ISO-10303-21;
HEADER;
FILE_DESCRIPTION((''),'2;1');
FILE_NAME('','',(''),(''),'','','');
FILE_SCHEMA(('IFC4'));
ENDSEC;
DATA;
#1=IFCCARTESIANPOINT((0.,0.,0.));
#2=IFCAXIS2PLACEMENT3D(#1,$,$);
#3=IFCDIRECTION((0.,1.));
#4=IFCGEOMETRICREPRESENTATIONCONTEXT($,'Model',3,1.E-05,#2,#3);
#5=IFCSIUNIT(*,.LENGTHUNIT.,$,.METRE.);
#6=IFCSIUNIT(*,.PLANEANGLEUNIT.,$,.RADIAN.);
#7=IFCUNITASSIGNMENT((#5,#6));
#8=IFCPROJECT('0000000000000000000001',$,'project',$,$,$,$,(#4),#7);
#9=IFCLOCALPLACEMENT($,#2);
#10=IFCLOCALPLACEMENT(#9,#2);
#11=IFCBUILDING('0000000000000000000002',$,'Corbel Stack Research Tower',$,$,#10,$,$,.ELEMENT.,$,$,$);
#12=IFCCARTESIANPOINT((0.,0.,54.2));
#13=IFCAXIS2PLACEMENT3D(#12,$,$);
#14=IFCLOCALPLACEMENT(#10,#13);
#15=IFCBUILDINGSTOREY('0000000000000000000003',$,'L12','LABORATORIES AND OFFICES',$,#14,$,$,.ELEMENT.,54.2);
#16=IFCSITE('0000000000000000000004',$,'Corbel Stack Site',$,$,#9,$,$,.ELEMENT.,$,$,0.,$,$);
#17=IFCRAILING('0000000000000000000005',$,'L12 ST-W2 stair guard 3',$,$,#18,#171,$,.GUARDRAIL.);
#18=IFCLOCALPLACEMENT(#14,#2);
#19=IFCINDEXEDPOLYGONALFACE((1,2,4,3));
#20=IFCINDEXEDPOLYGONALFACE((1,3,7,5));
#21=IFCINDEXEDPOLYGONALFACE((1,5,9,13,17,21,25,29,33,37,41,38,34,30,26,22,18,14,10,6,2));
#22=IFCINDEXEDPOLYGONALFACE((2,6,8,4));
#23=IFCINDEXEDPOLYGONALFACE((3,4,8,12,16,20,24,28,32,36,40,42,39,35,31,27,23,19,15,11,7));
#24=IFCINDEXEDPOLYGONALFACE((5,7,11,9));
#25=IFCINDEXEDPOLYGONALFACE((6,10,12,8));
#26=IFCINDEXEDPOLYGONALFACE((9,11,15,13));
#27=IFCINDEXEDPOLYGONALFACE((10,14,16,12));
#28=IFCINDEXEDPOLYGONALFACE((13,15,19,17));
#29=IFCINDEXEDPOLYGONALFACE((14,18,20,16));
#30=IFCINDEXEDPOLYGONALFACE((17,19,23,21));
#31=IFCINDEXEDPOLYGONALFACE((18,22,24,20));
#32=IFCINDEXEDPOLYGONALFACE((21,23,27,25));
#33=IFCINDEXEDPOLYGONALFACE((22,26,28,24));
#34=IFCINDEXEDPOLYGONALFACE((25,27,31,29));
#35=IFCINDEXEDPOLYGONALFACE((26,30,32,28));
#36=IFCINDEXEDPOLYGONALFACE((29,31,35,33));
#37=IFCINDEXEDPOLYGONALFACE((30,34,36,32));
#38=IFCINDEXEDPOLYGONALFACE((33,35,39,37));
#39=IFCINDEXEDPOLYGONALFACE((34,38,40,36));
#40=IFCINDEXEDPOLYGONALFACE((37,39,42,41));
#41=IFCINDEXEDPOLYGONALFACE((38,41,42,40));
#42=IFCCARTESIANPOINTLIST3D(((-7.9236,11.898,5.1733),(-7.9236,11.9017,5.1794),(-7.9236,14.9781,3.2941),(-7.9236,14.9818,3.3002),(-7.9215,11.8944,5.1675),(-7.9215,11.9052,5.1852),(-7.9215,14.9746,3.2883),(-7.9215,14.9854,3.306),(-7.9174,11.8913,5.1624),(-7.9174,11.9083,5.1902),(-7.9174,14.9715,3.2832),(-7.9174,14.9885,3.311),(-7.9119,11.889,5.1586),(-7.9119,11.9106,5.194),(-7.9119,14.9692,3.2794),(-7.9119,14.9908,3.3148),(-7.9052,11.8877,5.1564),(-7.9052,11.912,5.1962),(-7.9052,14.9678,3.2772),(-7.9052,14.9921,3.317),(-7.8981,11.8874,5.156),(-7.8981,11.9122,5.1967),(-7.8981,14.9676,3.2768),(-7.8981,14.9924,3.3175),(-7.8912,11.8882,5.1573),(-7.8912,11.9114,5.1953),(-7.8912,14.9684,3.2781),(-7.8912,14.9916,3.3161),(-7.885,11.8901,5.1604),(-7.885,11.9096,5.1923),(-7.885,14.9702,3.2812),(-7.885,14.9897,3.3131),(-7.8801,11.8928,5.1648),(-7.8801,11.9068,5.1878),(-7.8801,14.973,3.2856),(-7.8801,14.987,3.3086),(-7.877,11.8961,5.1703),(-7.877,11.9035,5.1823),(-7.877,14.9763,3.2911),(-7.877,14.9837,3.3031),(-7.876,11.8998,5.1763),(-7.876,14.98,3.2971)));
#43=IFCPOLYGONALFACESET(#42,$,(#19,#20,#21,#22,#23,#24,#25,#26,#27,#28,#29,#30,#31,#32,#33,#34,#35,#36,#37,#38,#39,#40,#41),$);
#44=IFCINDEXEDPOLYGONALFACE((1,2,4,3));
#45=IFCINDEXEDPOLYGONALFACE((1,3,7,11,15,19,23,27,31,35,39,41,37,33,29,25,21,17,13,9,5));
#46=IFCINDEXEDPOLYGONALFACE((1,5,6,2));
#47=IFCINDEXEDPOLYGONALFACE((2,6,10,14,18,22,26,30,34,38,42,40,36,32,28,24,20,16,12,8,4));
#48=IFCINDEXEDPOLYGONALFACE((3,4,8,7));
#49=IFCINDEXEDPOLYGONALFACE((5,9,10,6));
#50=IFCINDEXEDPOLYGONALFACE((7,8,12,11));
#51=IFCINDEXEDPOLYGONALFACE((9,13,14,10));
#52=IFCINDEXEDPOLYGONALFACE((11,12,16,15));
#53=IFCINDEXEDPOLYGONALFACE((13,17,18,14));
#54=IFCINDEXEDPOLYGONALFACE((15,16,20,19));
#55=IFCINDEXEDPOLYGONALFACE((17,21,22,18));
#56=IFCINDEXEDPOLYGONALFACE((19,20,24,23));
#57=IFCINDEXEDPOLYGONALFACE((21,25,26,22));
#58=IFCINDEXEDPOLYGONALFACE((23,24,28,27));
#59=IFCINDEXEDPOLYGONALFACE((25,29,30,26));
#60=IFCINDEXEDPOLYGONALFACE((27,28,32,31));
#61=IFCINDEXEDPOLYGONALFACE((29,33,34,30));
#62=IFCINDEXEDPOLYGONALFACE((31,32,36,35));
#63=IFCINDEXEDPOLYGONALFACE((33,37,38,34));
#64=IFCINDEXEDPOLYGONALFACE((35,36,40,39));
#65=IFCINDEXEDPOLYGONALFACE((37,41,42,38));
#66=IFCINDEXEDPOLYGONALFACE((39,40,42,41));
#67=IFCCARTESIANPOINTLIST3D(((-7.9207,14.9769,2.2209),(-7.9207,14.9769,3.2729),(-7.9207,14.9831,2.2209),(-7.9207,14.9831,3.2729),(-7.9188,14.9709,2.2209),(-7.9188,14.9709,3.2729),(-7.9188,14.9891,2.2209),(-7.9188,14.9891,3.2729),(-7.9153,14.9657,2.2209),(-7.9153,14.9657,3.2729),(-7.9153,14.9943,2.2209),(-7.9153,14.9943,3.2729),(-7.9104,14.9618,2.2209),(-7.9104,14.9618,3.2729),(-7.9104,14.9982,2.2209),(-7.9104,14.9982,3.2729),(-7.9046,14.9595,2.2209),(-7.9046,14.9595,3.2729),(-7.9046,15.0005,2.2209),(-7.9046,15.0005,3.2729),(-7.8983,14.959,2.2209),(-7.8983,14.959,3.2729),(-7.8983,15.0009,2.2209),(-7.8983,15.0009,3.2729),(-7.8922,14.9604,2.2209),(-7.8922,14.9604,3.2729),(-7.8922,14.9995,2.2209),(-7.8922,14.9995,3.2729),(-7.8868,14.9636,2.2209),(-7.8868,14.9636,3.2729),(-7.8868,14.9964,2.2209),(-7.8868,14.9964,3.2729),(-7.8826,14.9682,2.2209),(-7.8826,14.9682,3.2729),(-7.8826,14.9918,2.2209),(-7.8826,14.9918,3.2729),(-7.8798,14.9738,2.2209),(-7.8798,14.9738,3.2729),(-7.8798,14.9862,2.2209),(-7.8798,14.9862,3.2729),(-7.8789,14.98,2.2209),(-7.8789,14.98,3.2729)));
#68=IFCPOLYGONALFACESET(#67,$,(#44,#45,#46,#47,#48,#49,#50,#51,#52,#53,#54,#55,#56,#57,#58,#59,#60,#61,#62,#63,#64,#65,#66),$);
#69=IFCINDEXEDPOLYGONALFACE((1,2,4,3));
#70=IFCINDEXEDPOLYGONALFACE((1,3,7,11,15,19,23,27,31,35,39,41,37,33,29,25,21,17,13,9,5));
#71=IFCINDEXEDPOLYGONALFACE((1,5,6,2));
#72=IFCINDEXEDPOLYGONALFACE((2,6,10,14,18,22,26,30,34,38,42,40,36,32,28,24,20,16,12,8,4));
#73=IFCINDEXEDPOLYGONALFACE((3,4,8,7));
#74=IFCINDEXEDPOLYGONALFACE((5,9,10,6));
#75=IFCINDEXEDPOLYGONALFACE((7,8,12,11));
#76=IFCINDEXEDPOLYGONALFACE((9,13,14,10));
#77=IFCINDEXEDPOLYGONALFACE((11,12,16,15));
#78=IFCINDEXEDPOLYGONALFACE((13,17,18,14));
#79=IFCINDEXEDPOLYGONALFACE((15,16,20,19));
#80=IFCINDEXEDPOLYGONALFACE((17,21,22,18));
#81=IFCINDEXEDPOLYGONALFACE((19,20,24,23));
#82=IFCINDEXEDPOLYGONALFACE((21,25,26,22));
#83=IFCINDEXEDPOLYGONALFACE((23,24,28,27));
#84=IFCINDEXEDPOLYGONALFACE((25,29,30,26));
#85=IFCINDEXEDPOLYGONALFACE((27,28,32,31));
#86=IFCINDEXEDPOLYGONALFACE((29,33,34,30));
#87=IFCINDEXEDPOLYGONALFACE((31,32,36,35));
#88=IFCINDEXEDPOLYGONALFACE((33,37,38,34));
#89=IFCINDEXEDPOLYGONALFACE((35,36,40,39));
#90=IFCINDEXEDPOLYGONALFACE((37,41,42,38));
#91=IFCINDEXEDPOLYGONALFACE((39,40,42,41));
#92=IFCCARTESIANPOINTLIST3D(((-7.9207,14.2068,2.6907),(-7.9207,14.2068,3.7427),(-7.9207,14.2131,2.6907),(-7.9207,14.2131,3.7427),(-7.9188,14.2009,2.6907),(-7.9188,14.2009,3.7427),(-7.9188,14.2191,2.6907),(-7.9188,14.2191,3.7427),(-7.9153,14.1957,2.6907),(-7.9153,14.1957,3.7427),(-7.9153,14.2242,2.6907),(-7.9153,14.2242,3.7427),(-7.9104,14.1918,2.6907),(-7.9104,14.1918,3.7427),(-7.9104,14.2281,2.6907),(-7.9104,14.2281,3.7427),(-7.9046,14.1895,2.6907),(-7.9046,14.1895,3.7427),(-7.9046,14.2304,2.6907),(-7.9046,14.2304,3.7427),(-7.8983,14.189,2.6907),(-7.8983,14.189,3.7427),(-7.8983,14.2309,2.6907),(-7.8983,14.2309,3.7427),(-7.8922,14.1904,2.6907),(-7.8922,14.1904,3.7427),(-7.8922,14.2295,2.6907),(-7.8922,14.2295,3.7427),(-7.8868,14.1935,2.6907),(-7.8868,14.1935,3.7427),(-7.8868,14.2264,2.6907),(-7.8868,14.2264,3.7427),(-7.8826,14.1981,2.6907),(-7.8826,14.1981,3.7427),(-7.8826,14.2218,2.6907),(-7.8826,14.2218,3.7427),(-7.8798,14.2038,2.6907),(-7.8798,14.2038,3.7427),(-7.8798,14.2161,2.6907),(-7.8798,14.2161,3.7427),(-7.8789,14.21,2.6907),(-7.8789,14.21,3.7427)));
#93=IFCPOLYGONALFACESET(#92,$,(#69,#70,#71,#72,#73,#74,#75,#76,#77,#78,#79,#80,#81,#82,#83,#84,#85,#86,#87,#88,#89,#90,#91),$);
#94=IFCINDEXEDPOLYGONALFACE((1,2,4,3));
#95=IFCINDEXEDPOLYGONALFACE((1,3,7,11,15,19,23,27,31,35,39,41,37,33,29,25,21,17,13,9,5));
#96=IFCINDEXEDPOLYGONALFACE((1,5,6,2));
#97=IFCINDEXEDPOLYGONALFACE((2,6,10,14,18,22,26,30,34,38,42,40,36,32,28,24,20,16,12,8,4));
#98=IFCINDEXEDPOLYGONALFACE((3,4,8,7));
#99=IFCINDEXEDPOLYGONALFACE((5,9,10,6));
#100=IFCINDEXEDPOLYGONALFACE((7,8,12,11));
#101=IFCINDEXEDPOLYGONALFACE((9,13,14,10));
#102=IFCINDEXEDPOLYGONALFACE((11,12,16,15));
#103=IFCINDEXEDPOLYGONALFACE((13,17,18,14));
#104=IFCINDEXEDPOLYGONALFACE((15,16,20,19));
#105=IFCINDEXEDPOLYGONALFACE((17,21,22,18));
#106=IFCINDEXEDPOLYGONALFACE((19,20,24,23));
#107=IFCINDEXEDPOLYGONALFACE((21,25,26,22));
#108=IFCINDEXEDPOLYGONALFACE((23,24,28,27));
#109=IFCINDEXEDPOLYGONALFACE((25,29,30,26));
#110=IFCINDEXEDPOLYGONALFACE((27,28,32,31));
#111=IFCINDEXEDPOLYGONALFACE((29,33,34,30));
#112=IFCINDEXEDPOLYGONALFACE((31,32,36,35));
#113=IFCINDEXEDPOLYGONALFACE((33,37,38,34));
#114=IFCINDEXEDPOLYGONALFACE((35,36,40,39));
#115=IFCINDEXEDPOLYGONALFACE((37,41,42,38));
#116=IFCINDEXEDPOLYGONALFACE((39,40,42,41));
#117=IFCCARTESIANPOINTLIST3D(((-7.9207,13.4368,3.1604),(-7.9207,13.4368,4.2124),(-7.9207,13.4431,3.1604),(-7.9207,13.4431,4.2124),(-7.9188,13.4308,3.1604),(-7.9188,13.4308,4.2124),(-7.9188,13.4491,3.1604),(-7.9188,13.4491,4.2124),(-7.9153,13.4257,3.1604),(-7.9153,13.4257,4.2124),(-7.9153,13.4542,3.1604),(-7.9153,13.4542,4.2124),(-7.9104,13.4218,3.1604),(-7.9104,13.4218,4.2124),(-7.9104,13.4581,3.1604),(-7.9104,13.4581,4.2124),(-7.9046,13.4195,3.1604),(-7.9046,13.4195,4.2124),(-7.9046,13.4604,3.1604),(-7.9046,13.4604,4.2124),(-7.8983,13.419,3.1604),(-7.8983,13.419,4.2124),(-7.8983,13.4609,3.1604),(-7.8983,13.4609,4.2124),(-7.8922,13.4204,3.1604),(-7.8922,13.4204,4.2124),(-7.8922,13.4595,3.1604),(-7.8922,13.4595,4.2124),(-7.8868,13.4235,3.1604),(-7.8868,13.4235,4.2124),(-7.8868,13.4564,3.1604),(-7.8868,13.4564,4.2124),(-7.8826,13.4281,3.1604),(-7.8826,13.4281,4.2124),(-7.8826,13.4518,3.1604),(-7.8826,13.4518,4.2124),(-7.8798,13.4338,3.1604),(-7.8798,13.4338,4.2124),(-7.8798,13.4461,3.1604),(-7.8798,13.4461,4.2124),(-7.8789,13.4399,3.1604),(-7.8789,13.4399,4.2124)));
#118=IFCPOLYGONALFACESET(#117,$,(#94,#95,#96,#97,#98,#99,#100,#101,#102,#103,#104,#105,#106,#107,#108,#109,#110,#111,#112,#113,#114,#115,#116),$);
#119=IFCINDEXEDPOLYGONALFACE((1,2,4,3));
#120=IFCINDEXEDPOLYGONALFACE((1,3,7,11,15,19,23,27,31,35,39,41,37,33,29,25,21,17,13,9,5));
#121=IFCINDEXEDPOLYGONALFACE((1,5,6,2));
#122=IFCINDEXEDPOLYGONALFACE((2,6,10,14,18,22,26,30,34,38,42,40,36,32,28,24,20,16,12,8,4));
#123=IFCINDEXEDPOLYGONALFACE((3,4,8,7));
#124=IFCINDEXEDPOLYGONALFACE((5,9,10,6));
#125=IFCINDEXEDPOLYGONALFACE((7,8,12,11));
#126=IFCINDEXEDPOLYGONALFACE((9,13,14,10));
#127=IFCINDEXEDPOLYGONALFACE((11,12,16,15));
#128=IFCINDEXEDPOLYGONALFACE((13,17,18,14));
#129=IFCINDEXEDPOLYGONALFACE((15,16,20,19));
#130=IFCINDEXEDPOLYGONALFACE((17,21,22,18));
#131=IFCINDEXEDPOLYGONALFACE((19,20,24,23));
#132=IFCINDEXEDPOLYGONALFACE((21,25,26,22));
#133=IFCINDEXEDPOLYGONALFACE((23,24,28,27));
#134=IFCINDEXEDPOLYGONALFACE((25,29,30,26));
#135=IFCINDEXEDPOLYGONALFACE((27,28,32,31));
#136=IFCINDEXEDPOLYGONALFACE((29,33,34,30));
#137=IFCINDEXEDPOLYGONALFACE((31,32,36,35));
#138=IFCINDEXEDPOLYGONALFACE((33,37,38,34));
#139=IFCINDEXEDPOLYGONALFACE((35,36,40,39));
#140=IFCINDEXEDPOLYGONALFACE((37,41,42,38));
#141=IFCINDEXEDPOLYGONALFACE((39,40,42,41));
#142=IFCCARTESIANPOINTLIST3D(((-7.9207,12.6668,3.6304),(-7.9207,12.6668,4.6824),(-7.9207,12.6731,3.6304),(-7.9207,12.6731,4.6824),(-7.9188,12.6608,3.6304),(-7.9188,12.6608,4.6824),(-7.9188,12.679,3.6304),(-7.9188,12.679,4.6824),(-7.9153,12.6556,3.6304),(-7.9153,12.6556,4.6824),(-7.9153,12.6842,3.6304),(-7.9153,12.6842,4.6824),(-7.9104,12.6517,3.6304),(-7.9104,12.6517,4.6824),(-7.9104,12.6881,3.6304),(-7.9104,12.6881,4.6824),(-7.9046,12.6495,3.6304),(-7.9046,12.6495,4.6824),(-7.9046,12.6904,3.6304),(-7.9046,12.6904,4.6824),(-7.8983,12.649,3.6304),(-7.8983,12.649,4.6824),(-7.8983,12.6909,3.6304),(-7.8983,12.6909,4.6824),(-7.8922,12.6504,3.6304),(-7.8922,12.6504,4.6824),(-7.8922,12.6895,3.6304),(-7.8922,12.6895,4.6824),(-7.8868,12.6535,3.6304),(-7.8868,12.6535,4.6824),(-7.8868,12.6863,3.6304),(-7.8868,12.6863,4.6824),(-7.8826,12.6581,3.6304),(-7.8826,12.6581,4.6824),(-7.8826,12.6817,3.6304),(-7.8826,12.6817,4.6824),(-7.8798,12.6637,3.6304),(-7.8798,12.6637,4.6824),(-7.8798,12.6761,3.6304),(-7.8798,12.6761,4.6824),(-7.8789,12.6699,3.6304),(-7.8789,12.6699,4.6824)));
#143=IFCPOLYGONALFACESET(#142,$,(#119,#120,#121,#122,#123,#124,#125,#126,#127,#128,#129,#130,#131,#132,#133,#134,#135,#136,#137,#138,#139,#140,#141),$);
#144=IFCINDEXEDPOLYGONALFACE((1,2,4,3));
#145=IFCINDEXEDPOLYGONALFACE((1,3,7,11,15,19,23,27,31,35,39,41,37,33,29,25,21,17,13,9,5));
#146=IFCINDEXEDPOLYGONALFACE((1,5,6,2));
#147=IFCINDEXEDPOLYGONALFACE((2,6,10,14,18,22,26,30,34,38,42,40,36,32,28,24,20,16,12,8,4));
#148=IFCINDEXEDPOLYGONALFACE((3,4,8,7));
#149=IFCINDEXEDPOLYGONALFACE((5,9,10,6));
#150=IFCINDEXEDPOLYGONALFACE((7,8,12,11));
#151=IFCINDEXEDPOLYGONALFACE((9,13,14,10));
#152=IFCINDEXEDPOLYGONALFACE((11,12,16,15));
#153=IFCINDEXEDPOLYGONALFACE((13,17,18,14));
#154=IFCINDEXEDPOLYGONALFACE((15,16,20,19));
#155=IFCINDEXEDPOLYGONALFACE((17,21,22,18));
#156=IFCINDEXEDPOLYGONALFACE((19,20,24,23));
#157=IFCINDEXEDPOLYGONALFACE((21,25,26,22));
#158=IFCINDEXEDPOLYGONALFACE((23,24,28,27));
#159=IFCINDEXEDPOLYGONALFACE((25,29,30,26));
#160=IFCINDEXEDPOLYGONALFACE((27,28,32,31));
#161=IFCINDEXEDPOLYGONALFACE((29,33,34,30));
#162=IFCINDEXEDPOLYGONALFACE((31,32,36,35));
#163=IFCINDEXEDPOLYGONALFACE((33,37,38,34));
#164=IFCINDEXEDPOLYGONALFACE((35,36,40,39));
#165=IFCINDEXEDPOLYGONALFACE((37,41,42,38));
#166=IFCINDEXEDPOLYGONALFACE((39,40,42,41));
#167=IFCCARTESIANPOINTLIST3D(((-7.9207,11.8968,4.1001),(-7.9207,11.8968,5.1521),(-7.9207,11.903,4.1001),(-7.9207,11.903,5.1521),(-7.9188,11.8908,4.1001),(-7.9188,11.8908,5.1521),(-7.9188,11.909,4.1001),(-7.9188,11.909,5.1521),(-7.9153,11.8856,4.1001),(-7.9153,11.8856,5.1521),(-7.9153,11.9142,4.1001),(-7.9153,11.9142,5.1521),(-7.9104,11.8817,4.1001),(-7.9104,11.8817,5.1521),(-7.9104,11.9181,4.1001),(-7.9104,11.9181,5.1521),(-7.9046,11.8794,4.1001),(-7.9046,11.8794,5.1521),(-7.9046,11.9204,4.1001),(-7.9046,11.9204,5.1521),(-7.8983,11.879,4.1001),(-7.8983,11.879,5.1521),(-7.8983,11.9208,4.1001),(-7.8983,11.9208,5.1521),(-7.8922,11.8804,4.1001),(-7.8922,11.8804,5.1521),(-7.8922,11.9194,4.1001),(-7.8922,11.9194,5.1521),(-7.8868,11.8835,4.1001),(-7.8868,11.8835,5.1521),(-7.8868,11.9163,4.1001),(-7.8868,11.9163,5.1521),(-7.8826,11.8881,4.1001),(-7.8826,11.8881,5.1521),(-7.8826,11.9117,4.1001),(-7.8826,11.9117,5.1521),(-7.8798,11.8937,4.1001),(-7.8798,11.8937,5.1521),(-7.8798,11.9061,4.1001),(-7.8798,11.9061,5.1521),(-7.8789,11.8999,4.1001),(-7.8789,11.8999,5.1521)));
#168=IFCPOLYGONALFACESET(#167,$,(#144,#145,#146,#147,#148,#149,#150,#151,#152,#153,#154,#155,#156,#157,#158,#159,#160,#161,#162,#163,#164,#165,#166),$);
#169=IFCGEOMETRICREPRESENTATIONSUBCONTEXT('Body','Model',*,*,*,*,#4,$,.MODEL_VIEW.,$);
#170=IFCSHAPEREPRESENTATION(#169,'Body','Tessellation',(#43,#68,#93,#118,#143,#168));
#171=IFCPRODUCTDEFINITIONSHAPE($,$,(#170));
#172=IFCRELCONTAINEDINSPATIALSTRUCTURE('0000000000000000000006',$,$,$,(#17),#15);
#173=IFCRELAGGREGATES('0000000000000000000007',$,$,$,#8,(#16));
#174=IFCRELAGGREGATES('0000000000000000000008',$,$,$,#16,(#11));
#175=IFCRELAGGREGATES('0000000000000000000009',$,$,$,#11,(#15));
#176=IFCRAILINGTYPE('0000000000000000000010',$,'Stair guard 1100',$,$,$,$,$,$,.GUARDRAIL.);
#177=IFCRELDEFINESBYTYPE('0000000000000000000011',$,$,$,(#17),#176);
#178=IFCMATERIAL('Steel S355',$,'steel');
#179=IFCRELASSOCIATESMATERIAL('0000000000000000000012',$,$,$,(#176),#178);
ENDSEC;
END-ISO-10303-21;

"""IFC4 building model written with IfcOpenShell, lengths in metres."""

from ifc_helpers import new_model, si_unit, direction, frame, origin, origin_2d, place, context, subcontext, project, spatial, circle, extrude, material, type_object, element, save


model = new_model("IFC4")

# Units and contexts
model_context = context("Model", 3, precision=1e-05, world=origin(), true_north=direction((0.0, 1.0)))
body_context = subcontext(model_context, "Body", "Model", "MODEL_VIEW")
ifc_project = project(units=[si_unit("LENGTHUNIT", "METRE"), si_unit("PLANEANGLEUNIT", "RADIAN")], contexts=[model_context])

# Site, building, storey
site_placement = place(None, origin())
site = spatial("IfcSite", under=ifc_project, at=site_placement, Name="Corbel Stack Site", CompositionType="ELEMENT", RefElevation=0.0)
building_placement = place(site_placement, origin())
building = spatial("IfcBuilding", under=site, at=building_placement, Name="Corbel Stack Research Tower", CompositionType="ELEMENT")
storey_placement = place(building_placement, frame((0.0, 0.0, 54.2)))
storey = spatial("IfcBuildingStorey", under=building, at=storey_placement, Name="L12", Description="LABORATORIES AND OFFICES", CompositionType="ELEMENT", Elevation=54.2)

# Railing
ifc_material_1 = material(Name="Steel S355", Category="steel")
railing_type_1 = type_object("IfcRailingType", Name="Stair guard 1100", PredefinedType="GUARDRAIL", material=ifc_material_1)
railing_1_placement = place(storey_placement, frame((-7.8999, 14.98, 2.2209)))
element("IfcRailing", 1, at=railing_1_placement, inside=storey, type_object=railing_type_1, Name="L12 ST-W2 stair guard 3", PredefinedType="GUARDRAIL", context=body_context, shape_type="SweptSolid", body=[
    extrude(circle(Radius=0.0239, at=origin_2d()), frame((0.0, 0.0, 1.0762), z_axis=(0.0, -0.853666, 0.52082), x_axis=(1.0, 0.0, 0.0)), (0.0, 0.0, 1.0), 3.6082),
    extrude(circle(Radius=0.021, at=origin_2d()), origin(), (0.0, 0.0, 1.0), 1.052),
    extrude(circle(Radius=0.021, at=origin_2d()), frame((0.0, -0.77, 0.4697)), (0.0, 0.0, 1.0), 1.052),
    extrude(circle(Radius=0.021, at=origin_2d()), frame((0.0, -1.54, 0.9395)), (0.0, 0.0, 1.0), 1.052),
    extrude(circle(Radius=0.021, at=origin_2d()), frame((0.0, -2.3101, 1.4094)), (0.0, 0.0, 1.0), 1.052),
    extrude(circle(Radius=0.021, at=origin_2d()), frame((0.0, -3.0801, 1.8792)), (0.0, 0.0, 1.0), 1.052),
])

save(model, "model.ifc")
